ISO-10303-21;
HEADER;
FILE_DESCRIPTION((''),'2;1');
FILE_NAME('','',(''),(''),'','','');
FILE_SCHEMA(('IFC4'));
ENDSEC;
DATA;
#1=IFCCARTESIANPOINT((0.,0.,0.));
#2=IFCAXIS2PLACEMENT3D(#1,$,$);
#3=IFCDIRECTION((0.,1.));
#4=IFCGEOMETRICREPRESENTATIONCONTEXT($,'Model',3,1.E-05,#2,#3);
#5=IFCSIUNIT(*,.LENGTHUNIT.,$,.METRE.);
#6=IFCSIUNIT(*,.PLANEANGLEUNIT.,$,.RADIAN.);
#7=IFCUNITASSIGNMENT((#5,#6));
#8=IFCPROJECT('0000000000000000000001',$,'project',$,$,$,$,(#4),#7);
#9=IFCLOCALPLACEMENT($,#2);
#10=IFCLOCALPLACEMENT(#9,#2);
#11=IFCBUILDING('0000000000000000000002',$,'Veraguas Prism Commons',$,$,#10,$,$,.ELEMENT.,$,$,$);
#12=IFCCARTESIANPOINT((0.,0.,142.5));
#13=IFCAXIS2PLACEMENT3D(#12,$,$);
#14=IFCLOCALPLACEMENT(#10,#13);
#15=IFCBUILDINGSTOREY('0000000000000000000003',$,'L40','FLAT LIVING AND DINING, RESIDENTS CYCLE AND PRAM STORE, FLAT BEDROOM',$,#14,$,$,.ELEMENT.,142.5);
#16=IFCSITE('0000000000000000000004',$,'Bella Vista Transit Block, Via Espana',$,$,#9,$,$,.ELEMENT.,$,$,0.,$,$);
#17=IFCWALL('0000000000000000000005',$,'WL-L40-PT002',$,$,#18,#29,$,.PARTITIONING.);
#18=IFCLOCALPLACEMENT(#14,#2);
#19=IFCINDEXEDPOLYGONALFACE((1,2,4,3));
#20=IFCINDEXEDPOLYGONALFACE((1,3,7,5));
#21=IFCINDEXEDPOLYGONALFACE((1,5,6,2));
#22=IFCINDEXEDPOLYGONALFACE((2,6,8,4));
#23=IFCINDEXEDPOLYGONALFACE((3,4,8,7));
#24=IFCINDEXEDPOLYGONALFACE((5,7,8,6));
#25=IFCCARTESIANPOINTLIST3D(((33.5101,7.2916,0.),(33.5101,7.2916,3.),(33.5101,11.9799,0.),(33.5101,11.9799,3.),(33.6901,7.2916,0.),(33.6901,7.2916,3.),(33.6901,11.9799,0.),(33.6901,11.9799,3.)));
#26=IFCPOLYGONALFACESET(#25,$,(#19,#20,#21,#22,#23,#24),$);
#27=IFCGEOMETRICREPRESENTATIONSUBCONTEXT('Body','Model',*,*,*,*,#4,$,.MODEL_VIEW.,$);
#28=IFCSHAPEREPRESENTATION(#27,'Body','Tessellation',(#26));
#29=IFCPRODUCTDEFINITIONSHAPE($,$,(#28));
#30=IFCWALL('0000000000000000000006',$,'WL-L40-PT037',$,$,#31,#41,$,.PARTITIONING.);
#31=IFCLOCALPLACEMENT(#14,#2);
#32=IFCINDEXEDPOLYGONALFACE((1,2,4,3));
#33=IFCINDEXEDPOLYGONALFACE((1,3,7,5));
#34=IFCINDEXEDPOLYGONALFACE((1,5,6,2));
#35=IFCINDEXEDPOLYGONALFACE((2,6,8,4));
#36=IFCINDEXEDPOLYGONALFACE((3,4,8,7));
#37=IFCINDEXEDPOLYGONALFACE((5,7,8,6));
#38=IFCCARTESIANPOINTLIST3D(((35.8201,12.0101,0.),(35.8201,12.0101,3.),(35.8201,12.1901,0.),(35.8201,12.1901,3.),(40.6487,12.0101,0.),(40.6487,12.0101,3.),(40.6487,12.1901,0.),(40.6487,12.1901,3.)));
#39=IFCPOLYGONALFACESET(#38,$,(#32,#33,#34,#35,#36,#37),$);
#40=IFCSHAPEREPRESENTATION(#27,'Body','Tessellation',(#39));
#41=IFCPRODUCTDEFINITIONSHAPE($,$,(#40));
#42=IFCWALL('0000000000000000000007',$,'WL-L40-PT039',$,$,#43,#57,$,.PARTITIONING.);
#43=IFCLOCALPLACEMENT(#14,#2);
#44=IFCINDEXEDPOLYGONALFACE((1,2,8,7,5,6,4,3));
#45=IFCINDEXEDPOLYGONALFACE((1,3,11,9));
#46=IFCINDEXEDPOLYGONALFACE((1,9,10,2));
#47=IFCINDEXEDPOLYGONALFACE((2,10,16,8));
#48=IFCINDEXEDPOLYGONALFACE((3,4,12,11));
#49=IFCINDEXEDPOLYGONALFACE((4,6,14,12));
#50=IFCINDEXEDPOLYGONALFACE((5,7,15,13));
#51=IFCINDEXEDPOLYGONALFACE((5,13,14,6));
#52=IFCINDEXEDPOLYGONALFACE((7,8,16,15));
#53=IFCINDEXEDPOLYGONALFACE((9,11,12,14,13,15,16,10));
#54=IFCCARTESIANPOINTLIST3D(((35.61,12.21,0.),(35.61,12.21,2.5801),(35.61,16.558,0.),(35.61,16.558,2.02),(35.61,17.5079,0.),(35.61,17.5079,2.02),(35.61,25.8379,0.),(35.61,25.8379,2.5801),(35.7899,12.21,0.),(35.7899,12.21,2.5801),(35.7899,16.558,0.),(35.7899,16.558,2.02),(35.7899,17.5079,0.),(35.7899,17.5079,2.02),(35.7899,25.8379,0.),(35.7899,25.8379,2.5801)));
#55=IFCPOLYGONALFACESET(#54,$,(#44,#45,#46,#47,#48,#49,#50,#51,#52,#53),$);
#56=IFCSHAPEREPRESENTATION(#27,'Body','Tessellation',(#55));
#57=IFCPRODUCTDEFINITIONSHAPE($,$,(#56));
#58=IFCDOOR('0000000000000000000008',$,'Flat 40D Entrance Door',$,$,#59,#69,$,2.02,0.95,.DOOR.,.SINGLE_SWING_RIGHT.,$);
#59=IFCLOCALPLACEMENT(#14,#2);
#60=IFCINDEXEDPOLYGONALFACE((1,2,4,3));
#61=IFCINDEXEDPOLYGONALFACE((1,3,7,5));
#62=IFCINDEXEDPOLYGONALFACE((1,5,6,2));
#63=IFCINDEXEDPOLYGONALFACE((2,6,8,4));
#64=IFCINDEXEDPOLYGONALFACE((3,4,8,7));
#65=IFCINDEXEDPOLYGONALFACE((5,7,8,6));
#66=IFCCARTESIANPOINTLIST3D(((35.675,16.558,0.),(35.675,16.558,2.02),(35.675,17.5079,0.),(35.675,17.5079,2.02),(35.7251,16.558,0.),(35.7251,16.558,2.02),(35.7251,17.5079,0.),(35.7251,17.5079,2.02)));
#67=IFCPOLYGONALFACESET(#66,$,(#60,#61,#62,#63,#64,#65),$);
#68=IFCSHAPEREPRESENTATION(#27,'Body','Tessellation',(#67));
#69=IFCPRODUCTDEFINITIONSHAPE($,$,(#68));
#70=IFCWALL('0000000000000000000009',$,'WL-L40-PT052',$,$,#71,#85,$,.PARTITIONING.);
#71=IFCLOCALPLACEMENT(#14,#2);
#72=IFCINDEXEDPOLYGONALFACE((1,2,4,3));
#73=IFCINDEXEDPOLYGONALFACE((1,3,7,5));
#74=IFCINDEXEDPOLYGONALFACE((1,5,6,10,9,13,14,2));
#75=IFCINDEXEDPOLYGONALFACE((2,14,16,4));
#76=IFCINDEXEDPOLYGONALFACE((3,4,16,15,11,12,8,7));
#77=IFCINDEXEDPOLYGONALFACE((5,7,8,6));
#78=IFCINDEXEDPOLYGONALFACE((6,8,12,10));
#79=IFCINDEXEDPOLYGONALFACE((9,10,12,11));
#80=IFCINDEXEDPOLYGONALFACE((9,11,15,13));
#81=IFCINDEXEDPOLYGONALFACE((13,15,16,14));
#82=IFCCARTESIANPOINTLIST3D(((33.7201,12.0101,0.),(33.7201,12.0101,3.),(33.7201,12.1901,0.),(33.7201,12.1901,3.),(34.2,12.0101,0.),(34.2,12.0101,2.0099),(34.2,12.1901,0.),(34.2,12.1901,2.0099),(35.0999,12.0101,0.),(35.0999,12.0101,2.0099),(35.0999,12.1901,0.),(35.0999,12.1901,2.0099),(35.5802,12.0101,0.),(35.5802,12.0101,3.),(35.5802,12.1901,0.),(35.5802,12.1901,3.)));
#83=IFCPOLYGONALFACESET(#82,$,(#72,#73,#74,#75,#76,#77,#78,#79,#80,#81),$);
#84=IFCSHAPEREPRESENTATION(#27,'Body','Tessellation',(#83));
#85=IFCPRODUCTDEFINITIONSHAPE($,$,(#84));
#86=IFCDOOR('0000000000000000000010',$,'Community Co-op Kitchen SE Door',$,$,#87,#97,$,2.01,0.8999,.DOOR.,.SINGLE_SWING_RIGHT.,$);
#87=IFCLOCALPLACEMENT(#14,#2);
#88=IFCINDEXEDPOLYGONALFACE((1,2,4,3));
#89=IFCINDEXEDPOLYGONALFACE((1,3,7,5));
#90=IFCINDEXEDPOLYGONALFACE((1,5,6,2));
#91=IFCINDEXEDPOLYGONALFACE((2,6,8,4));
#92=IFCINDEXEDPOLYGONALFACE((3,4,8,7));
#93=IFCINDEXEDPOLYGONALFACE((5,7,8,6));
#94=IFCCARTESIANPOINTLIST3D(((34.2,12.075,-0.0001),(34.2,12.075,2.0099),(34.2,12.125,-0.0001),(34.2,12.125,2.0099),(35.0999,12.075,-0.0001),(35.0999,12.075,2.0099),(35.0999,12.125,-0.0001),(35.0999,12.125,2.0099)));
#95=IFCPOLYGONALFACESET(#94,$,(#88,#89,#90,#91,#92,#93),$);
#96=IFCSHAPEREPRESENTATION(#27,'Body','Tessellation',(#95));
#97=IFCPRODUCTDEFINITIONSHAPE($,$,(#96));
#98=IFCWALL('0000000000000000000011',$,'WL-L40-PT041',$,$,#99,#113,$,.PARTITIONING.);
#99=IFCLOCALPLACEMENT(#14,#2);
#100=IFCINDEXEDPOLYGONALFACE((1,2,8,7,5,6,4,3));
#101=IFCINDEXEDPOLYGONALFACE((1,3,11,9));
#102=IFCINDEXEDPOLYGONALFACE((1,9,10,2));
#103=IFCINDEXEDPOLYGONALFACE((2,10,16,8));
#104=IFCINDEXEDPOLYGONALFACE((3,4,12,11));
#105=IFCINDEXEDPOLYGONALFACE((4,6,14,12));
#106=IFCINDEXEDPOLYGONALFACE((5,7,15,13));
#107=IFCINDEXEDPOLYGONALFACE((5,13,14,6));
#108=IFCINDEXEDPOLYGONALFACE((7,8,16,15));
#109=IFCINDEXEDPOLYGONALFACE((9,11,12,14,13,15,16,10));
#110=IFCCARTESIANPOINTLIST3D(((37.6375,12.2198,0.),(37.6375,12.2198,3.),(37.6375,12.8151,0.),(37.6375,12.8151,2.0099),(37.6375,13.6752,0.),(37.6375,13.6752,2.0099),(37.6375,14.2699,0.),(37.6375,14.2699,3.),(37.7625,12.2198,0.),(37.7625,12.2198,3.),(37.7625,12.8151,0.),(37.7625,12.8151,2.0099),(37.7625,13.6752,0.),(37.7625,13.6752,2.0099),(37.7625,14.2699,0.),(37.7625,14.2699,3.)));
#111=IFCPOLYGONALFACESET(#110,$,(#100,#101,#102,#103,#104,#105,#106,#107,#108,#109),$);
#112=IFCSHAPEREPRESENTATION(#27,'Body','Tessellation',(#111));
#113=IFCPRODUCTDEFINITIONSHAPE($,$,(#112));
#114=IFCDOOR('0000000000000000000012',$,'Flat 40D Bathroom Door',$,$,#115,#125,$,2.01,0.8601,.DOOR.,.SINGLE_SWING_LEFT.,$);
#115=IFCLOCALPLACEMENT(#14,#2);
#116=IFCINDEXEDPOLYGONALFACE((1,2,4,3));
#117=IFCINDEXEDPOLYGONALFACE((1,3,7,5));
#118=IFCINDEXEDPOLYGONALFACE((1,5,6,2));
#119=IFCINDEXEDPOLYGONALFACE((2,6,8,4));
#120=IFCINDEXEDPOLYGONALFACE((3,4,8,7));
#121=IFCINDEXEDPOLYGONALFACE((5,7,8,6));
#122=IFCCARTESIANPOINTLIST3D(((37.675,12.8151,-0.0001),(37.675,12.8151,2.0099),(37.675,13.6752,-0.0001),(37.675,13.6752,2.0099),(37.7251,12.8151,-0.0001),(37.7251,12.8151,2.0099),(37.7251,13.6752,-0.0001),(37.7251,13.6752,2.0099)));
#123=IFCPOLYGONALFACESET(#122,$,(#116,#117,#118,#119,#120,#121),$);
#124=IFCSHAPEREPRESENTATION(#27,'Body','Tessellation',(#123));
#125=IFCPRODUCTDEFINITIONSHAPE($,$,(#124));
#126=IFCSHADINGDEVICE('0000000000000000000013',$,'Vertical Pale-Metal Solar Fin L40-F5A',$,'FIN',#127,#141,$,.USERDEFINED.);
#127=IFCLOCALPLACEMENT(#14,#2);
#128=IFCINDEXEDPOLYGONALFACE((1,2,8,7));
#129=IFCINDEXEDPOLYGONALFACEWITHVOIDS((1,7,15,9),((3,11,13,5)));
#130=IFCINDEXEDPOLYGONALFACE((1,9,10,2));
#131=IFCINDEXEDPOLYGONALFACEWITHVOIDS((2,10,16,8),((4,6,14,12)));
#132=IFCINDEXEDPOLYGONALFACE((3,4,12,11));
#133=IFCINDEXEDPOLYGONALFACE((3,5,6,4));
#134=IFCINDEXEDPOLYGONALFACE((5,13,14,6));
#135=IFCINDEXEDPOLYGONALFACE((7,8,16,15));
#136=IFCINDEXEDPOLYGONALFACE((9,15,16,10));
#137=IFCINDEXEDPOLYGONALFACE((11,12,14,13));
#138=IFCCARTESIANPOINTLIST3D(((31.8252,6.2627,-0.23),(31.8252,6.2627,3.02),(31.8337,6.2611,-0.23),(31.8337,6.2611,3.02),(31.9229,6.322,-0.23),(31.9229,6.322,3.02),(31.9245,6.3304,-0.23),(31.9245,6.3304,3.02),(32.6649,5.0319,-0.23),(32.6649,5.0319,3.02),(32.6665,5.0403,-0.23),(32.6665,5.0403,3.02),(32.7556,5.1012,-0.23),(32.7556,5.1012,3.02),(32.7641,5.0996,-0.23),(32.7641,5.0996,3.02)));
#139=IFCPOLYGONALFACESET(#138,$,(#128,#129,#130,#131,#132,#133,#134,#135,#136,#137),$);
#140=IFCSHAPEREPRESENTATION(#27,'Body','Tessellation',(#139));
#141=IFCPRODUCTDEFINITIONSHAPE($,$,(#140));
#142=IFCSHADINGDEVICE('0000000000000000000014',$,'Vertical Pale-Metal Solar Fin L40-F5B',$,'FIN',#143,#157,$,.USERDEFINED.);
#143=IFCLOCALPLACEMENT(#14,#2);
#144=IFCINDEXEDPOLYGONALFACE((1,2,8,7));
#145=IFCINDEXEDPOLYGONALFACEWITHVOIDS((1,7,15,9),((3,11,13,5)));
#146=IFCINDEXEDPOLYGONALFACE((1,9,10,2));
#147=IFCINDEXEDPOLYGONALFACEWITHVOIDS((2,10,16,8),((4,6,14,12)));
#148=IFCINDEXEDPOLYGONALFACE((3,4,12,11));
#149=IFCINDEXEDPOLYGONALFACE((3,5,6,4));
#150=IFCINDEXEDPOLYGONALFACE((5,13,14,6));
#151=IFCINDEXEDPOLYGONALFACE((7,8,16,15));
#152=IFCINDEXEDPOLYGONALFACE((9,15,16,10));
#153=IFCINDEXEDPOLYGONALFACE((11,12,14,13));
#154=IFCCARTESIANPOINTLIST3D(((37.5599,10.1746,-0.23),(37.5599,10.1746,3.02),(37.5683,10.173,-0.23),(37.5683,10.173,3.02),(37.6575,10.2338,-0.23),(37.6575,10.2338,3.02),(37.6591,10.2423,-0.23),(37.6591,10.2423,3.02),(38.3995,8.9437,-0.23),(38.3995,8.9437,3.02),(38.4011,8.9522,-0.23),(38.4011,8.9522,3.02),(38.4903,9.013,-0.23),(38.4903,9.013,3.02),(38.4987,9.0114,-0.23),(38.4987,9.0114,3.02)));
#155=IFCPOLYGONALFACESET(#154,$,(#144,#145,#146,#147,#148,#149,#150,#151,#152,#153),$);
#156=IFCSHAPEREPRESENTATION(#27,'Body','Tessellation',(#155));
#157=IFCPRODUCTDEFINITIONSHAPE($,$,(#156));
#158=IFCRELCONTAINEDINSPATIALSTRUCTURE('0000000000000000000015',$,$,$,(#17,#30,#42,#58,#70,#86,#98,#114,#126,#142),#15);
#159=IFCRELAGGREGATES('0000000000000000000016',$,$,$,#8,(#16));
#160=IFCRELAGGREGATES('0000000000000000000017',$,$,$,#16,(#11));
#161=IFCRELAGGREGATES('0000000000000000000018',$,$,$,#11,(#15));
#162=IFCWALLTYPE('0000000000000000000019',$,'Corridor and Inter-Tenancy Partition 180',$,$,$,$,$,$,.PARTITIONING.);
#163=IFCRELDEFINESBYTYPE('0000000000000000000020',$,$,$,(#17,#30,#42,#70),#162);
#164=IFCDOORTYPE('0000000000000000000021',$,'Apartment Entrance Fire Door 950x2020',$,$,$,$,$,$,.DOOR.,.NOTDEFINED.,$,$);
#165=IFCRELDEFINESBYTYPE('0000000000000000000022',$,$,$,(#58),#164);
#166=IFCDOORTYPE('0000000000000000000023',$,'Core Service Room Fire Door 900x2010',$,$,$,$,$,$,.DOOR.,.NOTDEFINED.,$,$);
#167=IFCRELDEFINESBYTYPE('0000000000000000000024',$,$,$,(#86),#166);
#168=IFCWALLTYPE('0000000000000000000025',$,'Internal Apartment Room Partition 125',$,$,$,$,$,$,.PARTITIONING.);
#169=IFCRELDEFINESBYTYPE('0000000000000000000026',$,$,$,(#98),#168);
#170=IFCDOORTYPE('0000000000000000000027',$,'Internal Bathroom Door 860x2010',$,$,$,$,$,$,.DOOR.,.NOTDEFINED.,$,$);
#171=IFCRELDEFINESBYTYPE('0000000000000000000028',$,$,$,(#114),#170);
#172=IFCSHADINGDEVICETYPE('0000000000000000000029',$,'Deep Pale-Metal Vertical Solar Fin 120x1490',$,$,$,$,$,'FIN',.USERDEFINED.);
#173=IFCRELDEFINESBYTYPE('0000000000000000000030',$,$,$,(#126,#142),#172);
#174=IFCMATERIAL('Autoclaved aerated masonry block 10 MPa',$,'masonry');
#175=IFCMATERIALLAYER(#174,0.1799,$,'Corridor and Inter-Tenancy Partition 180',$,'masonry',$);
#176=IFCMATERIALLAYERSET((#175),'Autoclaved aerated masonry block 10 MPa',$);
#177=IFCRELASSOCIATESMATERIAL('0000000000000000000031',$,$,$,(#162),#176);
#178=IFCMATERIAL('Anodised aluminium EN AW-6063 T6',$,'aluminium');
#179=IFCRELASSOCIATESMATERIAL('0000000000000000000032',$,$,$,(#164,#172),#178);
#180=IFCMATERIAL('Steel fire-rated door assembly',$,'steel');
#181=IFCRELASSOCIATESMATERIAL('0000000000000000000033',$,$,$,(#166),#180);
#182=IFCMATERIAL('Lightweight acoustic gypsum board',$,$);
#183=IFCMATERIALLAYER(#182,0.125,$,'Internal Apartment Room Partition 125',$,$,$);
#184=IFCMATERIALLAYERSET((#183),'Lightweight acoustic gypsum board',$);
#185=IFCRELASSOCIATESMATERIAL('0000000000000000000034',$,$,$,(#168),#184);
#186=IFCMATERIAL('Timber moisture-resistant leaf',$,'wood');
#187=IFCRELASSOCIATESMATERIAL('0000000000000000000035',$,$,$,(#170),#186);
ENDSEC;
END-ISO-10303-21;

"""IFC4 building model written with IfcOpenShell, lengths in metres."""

from ifc_helpers import new_model, si_unit, direction, frame, frame_2d, origin, origin_2d, place, context, subcontext, project, spatial, rectangle, hollow_rectangle, extrude, source, transform, mapped, material, layer, layer_set, material_profile, profile_set, type_object, element, fill, save


model = new_model("IFC4")

# Units and contexts
model_context = context("Model", 3, precision=1e-05, world=origin(), true_north=direction((0.0, 1.0)))
body_context = subcontext(model_context, "Body", "Model", "MODEL_VIEW")
ifc_project = project(units=[si_unit("LENGTHUNIT", "METRE"), si_unit("PLANEANGLEUNIT", "RADIAN")], contexts=[model_context])

# Site, building, storey
site_placement = place(None, origin())
site = spatial("IfcSite", under=ifc_project, at=site_placement, Name="Bella Vista Transit Block, Via Espana", CompositionType="ELEMENT", RefElevation=0.0)
building_placement = place(site_placement, origin())
building = spatial("IfcBuilding", under=site, at=building_placement, Name="Veraguas Prism Commons", CompositionType="ELEMENT")
storey_placement = place(building_placement, frame((0.0, 0.0, 142.5)))
storey = spatial("IfcBuildingStorey", under=building, at=storey_placement, Name="L40", Description="FLAT LIVING AND DINING, RESIDENTS CYCLE AND PRAM STORE, FLAT BEDROOM", CompositionType="ELEMENT", Elevation=142.5)

# Shared definitions
ifc_material_1 = material(Name="Anodised aluminium EN AW-6063 T6", Category="aluminium")

# Walls
ifc_material_2 = material(Name="Autoclaved aerated masonry block 10 MPa", Category="masonry")
ifc_layer_1 = layer(ifc_material_2, 0.1799, Name="Corridor and Inter-Tenancy Partition 180", Category="masonry")
ifc_layer_set_1 = layer_set([ifc_layer_1], Name="Autoclaved aerated masonry block 10 MPa")
wall_type_1 = type_object("IfcWallType", Name="Corridor and Inter-Tenancy Partition 180", PredefinedType="PARTITIONING", material=ifc_layer_set_1)
wall_1_placement = place(storey_placement, frame((33.6001, 11.98, 0.0), z_axis=(0.0, 0.0, 1.0), x_axis=(0.0, -1.0, 0.0)))
element("IfcWall", 1, at=wall_1_placement, inside=storey, type_object=wall_type_1, Name="WL-L40-PT002", PredefinedType="PARTITIONING", context=body_context, shape_type="SweptSolid", body=[
    extrude(rectangle(XDim=4.6882, YDim=0.1799, at=frame_2d((2.3442, 0.0))), origin(), (0.0, 0.0, 1.0), 3.0),
])
wall_2_placement = place(storey_placement, frame((35.8201, 12.1001, 0.0), z_axis=(0.0, 0.0, 1.0), x_axis=(1.0, 0.0, 0.0)))
element("IfcWall", 2, at=wall_2_placement, inside=storey, type_object=wall_type_1, Name="WL-L40-PT037", PredefinedType="PARTITIONING", context=body_context, shape_type="SweptSolid", body=[
    extrude(rectangle(XDim=4.8286, YDim=0.1799, at=frame_2d((2.4143, 0.0))), origin(), (0.0, 0.0, 1.0), 3.0),
])

# Walls, openings, doors
wall_3_placement = place(storey_placement, frame((35.7, 12.21, 0.0), z_axis=(0.0, 0.0, 1.0), x_axis=(0.0, 1.0, 0.0)))
wall_3 = element("IfcWall", 3, at=wall_3_placement, inside=storey, type_object=wall_type_1, Name="WL-L40-PT039", PredefinedType="PARTITIONING", context=body_context, shape_type="SweptSolid", body=[
    extrude(rectangle(XDim=13.6279, YDim=0.1799, at=frame_2d((6.814, 0.0))), origin(), (0.0, 0.0, 1.0), 2.5801),
])
opening_1_placement = place(wall_3_placement, frame((4.3479, 0.0, 0.0)))
opening_1 = element("IfcOpeningElement", 4, at=opening_1_placement, cuts=wall_3, PredefinedType="OPENING", context=body_context, shape_type="SweptSolid", body=[
    extrude(rectangle(XDim=0.95, YDim=2.02, at=frame_2d((0.4751, 1.01))), frame((0.0, 0.0999, 0.0), z_axis=(0.0, -1.0, 0.0), x_axis=(1.0, 0.0, 0.0)), (0.0, 0.0, 1.0), 0.2),
])
door_type_1 = type_object("IfcDoorType", Name="Apartment Entrance Fire Door 950x2020", OperationType="NOTDEFINED", PredefinedType="DOOR", material=ifc_material_1)
shared_shape_1 = source(origin(), body_context, "Body", "SweptSolid", [
    extrude(rectangle(XDim=0.95, YDim=2.02, at=frame_2d((0.4751, 1.01))), frame((0.0, 0.0249, 0.0), z_axis=(0.0, -1.0, 0.0), x_axis=(1.0, 0.0, 0.0)), (0.0, 0.0, 1.0), 0.05),
])
door_1_placement = place(opening_1_placement, origin())
door_1 = element("IfcDoor", 5, at=door_1_placement, inside=storey, type_object=door_type_1, Name="Flat 40D Entrance Door", OperationType="SINGLE_SWING_RIGHT", OverallHeight=2.02, OverallWidth=0.95, PredefinedType="DOOR", context=body_context, shape_type="MappedRepresentation", body=[
    mapped(shared_shape_1, transform((0.0, 0.0, 0.0), scale=1.0)),
])
fill(opening_1, door_1)
wall_4_placement = place(storey_placement, frame((33.72, 12.1001, 0.0), z_axis=(0.0, 0.0, 1.0), x_axis=(1.0, 0.0, 0.0)))
wall_4 = element("IfcWall", 6, at=wall_4_placement, inside=storey, type_object=wall_type_1, Name="WL-L40-PT052", PredefinedType="PARTITIONING", context=body_context, shape_type="SweptSolid", body=[
    extrude(rectangle(XDim=1.8601, YDim=0.1799, at=frame_2d((0.9302, 0.0))), origin(), (0.0, 0.0, 1.0), 3.0),
])
opening_2_placement = place(wall_4_placement, frame((0.48, 0.0, 0.0)))
opening_2 = element("IfcOpeningElement", 7, at=opening_2_placement, cuts=wall_4, PredefinedType="OPENING", context=body_context, shape_type="SweptSolid", body=[
    extrude(rectangle(XDim=0.8999, YDim=2.01, at=frame_2d((0.45, 1.0049))), frame((0.0, 0.0999, 0.0), z_axis=(0.0, -1.0, 0.0), x_axis=(1.0, 0.0, 0.0)), (0.0, 0.0, 1.0), 0.2),
])
ifc_material_3 = material(Name="Steel fire-rated door assembly", Category="steel")
door_type_2 = type_object("IfcDoorType", Name="Core Service Room Fire Door 900x2010", OperationType="NOTDEFINED", PredefinedType="DOOR", material=ifc_material_3)
shared_shape_2 = source(origin(), body_context, "Body", "SweptSolid", [
    extrude(rectangle(XDim=0.8999, YDim=2.01, at=frame_2d((0.45, 1.0049))), frame((0.0, 0.0249, 0.0), z_axis=(0.0, -1.0, 0.0), x_axis=(1.0, 0.0, 0.0)), (0.0, 0.0, 1.0), 0.05),
])
door_2_placement = place(opening_2_placement, origin())
door_2 = element("IfcDoor", 8, at=door_2_placement, inside=storey, type_object=door_type_2, Name="Community Co-op Kitchen SE Door", OperationType="SINGLE_SWING_RIGHT", OverallHeight=2.01, OverallWidth=0.8999, PredefinedType="DOOR", context=body_context, shape_type="MappedRepresentation", body=[
    mapped(shared_shape_2, transform((0.0, 0.0, 0.0), scale=1.0)),
])
fill(opening_2, door_2)
ifc_material_4 = material(Name="Lightweight acoustic gypsum board")
ifc_layer_2 = layer(ifc_material_4, 0.125, Name="Internal Apartment Room Partition 125")
ifc_layer_set_2 = layer_set([ifc_layer_2], Name="Lightweight acoustic gypsum board")
wall_type_2 = type_object("IfcWallType", Name="Internal Apartment Room Partition 125", PredefinedType="PARTITIONING", material=ifc_layer_set_2)
wall_5_placement = place(storey_placement, frame((37.7, 12.22, 0.0), z_axis=(0.0, 0.0, 1.0), x_axis=(0.0, 1.0, 0.0)))
wall_5 = element("IfcWall", 9, at=wall_5_placement, inside=storey, type_object=wall_type_2, Name="WL-L40-PT041", PredefinedType="PARTITIONING", context=body_context, shape_type="SweptSolid", body=[
    extrude(rectangle(XDim=2.05, YDim=0.125, at=frame_2d((1.0249, 0.0))), origin(), (0.0, 0.0, 1.0), 3.0),
])
opening_3_placement = place(wall_5_placement, frame((0.595, 0.0, 0.0)))
opening_3 = element("IfcOpeningElement", 10, at=opening_3_placement, cuts=wall_5, PredefinedType="OPENING", context=body_context, shape_type="SweptSolid", body=[
    extrude(rectangle(XDim=0.8601, YDim=2.01, at=frame_2d((0.4302, 1.0049))), frame((0.0, 0.0725, 0.0), z_axis=(0.0, -1.0, 0.0), x_axis=(1.0, 0.0, 0.0)), (0.0, 0.0, 1.0), 0.145),
])
ifc_material_5 = material(Name="Timber moisture-resistant leaf", Category="wood")
door_type_3 = type_object("IfcDoorType", Name="Internal Bathroom Door 860x2010", OperationType="NOTDEFINED", PredefinedType="DOOR", material=ifc_material_5)
shared_shape_3 = source(origin(), body_context, "Body", "SweptSolid", [
    extrude(rectangle(XDim=0.8601, YDim=2.01, at=frame_2d((0.4302, 1.0049))), frame((0.0, 0.0249, 0.0), z_axis=(0.0, -1.0, 0.0), x_axis=(1.0, 0.0, 0.0)), (0.0, 0.0, 1.0), 0.05),
])
door_3_placement = place(opening_3_placement, origin())
door_3 = element("IfcDoor", 11, at=door_3_placement, inside=storey, type_object=door_type_3, Name="Flat 40D Bathroom Door", OperationType="SINGLE_SWING_LEFT", OverallHeight=2.01, OverallWidth=0.8601, PredefinedType="DOOR", context=body_context, shape_type="MappedRepresentation", body=[
    mapped(shared_shape_3, transform((0.0, 0.0, 0.0), scale=1.0)),
])
fill(opening_3, door_3)

# Shading devices
ifc_material_profile_1 = material_profile(ifc_material_1, hollow_rectangle(XDim=0.1201, YDim=1.49, WallThickness=0.0061, at=origin_2d()), Name="FIN120X1490X6")
ifc_profile_set_1 = profile_set([ifc_material_profile_1], Name="Anodised aluminium EN AW-6063 T6")
shading_device_type = type_object("IfcShadingDeviceType", Name="Deep Pale-Metal Vertical Solar Fin 120x1490", ElementType="FIN", PredefinedType="USERDEFINED", material=ifc_profile_set_1)
for number, where, z_axis, x_axis, name in (
    (12, (32.2947, 5.6812, -0.23), (0.0, 0.0, 1.0), (0.826099, 0.563525, 0.0), "Vertical Pale-Metal Solar Fin L40-F5A"),
    (13, (38.0293, 9.593, -0.23), (0.0, 0.0, 1.0), (0.826099, 0.563525, 0.0), "Vertical Pale-Metal Solar Fin L40-F5B"),
):
    element("IfcShadingDevice", number, at=place(storey_placement, frame(where, z_axis=z_axis, x_axis=x_axis)), inside=storey, type_object=shading_device_type, Name=name, ObjectType="FIN", PredefinedType="USERDEFINED", context=body_context, shape_type="SweptSolid", body=[
        extrude(hollow_rectangle(XDim=0.1201, YDim=1.49, WallThickness=0.0061, at=origin_2d()), origin(), (0.0, 0.0, 1.0), 3.25),
    ])

save(model, "model.ifc")
